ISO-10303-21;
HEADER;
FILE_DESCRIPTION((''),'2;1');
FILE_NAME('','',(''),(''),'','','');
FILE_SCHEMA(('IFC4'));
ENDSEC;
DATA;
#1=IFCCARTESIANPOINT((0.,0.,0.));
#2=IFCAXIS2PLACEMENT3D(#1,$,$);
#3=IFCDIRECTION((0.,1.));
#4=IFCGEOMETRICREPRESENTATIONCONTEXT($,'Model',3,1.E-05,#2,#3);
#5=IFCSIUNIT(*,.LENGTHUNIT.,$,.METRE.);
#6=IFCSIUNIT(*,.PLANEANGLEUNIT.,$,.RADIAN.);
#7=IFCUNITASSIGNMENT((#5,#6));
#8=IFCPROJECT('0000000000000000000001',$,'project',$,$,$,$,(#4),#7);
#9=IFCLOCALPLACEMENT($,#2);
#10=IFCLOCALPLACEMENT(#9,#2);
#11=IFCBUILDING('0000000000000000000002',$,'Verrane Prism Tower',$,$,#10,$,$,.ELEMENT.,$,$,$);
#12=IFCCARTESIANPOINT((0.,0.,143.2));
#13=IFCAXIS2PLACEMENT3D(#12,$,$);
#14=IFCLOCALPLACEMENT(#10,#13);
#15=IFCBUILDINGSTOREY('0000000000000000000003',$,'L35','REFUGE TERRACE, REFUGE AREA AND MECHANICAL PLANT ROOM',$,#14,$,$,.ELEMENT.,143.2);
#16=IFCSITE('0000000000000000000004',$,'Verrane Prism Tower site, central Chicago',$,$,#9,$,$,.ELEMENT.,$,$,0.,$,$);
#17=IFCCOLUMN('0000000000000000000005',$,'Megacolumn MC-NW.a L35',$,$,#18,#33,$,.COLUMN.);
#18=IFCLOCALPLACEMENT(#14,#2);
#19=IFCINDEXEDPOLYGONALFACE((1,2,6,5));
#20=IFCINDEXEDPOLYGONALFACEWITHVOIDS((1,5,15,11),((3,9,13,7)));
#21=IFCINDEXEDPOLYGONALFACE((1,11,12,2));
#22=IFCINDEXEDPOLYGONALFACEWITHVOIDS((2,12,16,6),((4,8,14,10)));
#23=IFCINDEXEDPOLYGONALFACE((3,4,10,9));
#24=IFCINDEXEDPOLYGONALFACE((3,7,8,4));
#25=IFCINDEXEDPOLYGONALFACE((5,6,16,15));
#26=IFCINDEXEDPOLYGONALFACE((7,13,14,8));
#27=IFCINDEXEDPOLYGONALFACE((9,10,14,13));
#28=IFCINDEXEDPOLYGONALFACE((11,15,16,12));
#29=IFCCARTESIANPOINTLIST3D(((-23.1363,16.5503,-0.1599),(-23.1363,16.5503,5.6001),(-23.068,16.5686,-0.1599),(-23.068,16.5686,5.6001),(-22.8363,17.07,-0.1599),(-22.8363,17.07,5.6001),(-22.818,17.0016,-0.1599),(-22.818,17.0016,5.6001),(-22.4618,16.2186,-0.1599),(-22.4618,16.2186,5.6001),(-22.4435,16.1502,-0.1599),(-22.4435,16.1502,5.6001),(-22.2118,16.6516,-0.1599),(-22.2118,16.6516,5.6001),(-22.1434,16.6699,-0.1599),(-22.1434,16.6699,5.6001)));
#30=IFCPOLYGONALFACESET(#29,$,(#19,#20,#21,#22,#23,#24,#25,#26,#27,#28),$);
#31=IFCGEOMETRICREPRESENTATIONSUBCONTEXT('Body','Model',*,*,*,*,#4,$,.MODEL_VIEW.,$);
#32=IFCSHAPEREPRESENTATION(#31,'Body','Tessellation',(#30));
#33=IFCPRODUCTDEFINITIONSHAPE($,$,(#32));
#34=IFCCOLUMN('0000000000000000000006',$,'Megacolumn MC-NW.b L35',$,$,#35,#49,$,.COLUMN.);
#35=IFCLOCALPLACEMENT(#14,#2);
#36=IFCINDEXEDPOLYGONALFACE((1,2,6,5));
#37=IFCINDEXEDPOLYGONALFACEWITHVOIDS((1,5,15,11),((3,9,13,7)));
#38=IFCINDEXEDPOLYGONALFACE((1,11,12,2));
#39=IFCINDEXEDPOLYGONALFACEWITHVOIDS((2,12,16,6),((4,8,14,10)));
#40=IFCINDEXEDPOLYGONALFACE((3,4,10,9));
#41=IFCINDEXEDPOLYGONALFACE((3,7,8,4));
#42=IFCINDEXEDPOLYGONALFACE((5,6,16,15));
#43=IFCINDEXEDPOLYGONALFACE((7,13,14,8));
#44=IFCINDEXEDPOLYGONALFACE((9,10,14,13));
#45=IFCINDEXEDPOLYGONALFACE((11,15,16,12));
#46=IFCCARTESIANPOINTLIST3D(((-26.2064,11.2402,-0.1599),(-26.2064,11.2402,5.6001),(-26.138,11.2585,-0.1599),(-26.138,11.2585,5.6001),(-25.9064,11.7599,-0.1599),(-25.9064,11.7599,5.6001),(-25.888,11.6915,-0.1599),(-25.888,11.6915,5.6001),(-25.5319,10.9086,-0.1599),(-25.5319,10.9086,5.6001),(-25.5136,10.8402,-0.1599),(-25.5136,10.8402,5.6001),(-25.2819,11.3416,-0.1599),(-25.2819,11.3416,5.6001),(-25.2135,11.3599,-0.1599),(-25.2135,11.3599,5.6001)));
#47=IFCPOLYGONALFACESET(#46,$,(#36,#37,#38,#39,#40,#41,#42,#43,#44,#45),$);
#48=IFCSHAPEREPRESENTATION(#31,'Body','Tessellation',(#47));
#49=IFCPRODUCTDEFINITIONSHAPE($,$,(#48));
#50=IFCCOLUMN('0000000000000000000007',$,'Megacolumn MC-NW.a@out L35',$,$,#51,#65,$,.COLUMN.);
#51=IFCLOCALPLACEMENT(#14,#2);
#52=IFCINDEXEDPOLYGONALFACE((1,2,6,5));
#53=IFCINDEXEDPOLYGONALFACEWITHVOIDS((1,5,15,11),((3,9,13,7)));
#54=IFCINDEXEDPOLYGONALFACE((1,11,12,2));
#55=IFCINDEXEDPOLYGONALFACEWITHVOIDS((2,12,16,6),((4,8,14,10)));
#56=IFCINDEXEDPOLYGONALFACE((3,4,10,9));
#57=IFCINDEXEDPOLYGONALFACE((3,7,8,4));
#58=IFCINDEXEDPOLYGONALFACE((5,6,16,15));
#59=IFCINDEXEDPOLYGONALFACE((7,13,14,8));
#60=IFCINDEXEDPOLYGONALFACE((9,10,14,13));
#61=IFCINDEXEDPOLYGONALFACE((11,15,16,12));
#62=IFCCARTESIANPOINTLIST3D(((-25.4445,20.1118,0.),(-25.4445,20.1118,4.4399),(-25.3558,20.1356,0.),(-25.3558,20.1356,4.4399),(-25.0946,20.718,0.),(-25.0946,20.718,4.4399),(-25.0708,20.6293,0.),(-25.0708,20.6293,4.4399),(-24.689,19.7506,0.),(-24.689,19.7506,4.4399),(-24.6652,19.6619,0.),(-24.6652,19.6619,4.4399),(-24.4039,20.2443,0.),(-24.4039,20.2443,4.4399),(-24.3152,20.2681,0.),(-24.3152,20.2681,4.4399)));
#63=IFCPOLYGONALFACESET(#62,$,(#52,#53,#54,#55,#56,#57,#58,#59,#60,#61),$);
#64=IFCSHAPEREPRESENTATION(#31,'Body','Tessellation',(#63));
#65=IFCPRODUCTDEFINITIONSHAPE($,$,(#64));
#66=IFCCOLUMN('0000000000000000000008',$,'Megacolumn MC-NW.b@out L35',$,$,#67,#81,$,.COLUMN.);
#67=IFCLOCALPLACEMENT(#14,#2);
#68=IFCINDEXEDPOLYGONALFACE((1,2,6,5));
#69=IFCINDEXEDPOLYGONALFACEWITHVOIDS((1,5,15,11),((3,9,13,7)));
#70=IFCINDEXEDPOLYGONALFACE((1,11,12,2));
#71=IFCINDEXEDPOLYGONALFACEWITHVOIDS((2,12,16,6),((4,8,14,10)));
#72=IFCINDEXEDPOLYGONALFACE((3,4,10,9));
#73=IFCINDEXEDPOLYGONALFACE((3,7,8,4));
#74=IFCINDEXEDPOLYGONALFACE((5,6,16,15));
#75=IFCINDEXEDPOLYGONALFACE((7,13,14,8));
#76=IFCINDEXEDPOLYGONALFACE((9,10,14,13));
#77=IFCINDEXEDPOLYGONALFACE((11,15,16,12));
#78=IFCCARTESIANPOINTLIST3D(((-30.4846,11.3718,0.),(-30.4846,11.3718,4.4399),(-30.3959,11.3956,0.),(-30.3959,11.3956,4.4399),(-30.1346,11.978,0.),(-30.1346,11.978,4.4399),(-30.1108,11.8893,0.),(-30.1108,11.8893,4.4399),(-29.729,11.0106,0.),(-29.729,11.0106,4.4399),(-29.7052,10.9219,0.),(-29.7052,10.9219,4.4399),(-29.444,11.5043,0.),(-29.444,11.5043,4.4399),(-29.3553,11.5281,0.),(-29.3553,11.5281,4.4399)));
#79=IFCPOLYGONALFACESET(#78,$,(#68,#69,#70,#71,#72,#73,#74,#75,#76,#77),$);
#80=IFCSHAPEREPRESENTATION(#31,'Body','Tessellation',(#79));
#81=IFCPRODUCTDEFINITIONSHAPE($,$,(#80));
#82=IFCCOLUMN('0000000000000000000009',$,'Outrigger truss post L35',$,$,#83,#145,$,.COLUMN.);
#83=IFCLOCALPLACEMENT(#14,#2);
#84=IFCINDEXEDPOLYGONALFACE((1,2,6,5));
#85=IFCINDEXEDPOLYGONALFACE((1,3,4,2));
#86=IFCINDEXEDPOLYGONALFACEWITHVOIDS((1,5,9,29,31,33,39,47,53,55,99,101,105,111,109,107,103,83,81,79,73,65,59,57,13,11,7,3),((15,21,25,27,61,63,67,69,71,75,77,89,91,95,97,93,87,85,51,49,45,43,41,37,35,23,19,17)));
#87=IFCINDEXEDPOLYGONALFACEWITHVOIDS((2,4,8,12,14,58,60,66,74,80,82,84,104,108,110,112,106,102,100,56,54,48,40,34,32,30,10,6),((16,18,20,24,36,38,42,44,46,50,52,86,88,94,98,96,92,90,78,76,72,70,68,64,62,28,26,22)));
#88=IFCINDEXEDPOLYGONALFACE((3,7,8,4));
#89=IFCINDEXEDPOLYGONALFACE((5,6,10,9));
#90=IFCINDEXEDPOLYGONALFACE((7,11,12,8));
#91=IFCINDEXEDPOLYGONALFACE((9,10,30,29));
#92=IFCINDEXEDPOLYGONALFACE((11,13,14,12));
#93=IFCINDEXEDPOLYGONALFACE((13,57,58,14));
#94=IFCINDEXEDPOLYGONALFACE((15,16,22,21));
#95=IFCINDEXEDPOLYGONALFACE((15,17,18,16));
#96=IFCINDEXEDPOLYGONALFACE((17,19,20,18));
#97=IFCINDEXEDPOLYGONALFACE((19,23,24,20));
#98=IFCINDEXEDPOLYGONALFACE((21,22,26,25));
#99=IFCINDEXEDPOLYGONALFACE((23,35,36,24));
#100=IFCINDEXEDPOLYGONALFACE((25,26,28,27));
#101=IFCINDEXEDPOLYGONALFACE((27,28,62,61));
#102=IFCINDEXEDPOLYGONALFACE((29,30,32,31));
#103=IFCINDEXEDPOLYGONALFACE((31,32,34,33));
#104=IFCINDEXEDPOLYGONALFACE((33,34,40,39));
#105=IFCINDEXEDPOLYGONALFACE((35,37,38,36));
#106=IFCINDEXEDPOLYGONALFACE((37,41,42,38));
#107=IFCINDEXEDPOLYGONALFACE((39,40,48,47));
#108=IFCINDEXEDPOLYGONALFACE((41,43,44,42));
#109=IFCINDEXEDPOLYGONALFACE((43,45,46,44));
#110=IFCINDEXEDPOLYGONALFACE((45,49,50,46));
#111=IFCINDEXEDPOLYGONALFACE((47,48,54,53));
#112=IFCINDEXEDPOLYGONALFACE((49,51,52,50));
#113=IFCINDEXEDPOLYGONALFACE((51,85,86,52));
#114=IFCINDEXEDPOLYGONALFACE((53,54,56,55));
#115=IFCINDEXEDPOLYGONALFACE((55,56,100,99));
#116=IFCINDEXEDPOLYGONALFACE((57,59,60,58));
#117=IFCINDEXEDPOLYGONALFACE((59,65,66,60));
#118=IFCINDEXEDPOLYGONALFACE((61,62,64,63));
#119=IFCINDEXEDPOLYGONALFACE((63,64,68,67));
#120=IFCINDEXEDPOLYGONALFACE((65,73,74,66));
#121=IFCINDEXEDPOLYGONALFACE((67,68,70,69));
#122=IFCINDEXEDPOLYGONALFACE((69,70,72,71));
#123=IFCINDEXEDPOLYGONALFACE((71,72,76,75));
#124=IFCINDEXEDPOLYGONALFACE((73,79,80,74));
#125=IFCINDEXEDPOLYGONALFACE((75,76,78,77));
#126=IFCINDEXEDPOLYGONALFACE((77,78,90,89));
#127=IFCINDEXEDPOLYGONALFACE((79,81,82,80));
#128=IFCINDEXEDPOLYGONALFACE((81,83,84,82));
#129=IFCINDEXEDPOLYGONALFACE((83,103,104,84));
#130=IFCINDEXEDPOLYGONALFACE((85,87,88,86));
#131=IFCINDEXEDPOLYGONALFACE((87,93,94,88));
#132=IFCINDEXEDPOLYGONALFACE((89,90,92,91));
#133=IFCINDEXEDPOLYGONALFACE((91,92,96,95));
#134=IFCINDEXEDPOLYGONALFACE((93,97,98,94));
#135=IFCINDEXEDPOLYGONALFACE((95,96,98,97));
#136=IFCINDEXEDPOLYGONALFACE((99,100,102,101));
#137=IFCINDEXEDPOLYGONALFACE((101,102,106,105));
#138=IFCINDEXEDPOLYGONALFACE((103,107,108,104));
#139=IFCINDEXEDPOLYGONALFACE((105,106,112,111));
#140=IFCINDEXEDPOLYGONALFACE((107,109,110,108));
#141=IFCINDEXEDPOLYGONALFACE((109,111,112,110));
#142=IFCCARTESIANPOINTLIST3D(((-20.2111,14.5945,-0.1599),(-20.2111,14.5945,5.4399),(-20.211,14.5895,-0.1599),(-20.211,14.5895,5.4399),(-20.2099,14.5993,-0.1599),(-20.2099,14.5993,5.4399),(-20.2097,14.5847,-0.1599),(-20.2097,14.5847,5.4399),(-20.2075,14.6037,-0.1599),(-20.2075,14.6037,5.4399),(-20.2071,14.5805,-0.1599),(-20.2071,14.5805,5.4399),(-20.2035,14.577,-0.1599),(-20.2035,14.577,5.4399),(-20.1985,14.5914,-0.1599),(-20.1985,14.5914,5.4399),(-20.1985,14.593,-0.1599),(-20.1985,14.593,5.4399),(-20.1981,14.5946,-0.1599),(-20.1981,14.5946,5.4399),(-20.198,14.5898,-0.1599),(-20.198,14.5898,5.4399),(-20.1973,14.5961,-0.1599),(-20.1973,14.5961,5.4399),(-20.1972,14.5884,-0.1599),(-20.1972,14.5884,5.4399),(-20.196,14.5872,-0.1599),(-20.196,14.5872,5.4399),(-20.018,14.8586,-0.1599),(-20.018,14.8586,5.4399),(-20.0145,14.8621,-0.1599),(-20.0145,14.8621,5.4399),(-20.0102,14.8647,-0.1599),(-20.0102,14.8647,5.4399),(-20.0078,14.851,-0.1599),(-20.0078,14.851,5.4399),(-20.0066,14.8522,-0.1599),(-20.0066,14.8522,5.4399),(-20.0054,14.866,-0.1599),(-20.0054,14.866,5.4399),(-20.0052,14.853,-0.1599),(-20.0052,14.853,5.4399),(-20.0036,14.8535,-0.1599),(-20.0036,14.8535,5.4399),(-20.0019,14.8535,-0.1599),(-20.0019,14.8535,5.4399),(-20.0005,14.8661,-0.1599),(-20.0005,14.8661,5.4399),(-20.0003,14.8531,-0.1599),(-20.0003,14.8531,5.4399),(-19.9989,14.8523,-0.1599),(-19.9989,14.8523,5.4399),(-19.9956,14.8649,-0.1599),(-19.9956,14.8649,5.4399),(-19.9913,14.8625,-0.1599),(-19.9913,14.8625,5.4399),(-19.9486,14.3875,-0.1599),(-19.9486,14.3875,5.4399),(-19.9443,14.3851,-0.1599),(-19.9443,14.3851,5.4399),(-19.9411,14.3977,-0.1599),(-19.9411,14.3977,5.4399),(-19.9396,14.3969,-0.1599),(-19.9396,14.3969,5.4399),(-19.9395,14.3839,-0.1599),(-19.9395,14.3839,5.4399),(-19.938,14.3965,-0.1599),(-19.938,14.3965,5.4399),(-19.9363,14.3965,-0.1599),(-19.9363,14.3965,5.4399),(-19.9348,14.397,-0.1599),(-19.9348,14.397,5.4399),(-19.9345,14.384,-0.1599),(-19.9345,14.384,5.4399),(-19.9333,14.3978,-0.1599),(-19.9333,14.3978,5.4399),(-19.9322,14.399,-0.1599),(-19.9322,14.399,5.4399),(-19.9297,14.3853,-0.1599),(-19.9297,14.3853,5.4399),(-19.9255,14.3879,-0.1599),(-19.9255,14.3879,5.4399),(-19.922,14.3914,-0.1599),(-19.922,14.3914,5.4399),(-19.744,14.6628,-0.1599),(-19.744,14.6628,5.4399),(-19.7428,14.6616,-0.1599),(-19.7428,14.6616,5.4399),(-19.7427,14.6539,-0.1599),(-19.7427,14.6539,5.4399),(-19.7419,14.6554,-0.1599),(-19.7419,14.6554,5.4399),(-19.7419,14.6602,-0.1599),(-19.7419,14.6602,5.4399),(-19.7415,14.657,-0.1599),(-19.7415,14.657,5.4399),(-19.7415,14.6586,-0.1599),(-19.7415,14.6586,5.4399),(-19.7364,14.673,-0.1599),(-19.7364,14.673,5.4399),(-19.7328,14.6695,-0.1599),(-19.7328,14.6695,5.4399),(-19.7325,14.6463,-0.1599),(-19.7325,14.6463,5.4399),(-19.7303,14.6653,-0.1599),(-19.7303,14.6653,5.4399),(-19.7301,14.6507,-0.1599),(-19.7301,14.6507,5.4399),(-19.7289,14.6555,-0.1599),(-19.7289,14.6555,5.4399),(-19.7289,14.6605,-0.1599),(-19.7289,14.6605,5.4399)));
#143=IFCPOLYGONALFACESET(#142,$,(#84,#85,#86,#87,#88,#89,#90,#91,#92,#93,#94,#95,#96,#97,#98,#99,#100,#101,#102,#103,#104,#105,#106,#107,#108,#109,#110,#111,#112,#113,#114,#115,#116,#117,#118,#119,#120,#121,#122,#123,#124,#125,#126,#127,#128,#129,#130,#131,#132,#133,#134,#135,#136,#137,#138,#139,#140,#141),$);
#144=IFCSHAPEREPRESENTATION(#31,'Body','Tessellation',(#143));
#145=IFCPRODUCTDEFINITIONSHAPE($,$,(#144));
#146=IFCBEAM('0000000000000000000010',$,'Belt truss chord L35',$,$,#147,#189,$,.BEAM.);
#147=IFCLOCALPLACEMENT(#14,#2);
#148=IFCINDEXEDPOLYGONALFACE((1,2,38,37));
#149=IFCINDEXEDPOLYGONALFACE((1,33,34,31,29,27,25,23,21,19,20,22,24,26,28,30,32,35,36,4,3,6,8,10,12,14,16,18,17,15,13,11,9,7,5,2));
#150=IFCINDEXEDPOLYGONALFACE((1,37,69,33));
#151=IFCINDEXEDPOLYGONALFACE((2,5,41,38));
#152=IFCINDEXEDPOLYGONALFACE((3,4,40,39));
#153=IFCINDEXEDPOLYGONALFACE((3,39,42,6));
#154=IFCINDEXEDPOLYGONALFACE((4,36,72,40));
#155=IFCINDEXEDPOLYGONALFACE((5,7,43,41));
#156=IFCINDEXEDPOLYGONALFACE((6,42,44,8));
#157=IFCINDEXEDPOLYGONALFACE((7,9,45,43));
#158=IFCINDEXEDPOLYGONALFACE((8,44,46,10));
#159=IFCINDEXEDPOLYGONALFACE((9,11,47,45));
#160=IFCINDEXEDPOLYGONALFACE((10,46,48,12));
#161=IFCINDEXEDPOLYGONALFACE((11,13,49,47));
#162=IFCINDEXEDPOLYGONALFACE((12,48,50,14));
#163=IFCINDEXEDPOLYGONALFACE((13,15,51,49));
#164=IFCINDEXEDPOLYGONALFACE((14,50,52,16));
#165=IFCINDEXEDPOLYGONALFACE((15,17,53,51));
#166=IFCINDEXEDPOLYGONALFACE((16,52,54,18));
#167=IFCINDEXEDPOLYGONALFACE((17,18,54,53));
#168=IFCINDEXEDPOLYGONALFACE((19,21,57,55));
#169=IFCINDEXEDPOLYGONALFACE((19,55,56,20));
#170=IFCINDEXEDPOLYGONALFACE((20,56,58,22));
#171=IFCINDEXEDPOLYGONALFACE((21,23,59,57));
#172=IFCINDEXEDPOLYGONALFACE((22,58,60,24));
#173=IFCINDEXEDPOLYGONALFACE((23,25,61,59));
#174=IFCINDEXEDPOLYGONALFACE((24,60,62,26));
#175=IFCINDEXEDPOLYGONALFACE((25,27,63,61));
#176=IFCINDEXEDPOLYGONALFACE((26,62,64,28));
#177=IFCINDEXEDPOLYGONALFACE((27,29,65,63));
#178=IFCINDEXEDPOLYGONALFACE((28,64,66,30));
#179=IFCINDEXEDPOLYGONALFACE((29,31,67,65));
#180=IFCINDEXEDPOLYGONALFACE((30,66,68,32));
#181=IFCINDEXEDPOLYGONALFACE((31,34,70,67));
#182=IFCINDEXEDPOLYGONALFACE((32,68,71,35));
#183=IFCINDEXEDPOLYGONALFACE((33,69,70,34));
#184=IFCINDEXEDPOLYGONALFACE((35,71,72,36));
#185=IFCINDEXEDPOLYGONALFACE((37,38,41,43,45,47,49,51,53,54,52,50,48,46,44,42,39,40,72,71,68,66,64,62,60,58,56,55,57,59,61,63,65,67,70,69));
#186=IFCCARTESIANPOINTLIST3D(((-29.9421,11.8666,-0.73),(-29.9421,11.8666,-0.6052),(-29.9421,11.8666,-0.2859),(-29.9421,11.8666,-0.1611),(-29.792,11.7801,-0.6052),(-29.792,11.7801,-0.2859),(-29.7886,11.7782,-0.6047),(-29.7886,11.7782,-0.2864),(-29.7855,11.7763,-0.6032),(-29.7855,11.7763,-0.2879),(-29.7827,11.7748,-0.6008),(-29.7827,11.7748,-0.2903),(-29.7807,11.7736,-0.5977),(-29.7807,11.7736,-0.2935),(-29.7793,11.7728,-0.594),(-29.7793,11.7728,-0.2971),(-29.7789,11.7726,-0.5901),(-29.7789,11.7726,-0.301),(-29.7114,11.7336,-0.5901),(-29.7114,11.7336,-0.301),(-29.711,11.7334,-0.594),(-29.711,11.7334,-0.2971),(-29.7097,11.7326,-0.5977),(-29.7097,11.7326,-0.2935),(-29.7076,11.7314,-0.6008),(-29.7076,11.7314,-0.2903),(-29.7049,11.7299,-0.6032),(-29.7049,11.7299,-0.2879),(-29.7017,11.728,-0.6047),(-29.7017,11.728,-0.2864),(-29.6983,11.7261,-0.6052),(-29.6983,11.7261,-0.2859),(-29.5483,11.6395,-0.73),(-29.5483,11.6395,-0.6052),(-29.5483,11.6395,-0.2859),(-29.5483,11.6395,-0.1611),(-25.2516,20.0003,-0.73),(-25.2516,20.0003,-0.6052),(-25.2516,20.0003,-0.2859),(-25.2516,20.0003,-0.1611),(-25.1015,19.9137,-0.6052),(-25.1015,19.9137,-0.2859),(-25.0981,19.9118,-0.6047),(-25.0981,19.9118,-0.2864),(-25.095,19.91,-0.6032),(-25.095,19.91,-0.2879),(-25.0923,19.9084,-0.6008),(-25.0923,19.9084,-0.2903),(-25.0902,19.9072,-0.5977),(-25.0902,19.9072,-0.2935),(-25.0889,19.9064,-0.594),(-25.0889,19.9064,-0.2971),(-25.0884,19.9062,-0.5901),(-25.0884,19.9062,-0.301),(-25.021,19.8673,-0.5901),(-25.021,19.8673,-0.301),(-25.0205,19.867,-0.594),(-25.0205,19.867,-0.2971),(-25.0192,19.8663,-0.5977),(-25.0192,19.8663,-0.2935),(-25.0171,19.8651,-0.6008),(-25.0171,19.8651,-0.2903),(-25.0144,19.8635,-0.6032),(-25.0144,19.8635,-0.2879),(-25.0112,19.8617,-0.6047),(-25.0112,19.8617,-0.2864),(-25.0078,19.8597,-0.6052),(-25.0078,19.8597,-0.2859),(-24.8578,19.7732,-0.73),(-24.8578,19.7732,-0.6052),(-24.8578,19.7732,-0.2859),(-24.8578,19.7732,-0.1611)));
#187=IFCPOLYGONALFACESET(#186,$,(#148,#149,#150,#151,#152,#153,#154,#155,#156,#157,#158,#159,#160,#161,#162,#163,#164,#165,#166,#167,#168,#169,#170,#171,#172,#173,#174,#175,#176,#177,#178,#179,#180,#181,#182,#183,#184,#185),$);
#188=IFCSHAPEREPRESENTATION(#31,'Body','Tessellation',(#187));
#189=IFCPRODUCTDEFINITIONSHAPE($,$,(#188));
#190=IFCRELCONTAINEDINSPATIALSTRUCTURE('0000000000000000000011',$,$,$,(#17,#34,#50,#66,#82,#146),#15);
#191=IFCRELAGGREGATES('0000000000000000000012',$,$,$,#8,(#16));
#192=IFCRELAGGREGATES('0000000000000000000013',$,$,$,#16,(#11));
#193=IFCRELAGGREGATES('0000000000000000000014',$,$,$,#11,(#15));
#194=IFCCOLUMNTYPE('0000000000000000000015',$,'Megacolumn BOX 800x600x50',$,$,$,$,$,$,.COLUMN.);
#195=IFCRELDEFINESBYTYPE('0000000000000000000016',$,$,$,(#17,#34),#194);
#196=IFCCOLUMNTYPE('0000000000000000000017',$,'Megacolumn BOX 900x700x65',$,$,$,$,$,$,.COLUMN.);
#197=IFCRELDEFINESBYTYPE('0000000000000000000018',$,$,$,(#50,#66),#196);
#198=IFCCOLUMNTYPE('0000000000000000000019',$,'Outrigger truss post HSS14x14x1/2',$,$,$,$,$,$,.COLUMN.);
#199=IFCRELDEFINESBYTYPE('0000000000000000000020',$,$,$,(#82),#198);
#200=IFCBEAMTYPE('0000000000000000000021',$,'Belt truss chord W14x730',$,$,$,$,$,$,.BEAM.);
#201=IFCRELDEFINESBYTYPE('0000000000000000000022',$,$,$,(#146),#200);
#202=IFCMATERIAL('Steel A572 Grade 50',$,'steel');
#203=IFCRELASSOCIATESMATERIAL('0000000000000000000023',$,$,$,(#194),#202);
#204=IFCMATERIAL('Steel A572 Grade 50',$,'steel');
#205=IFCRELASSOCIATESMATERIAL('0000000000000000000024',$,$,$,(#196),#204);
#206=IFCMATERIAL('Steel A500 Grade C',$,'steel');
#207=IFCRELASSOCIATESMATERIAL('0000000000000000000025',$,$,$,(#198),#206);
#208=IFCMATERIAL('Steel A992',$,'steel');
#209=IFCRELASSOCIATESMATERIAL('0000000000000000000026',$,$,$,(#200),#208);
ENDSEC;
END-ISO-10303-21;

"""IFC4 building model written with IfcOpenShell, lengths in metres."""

from ifc_helpers import new_model, si_unit, direction, frame, origin, origin_2d, place, context, subcontext, project, spatial, hollow_rectangle, i_section, extrude, material, material_profile, profile_set, type_object, element, save


model = new_model("IFC4")

# Units and contexts
model_context = context("Model", 3, precision=1e-05, world=origin(), true_north=direction((0.0, 1.0)))
body_context = subcontext(model_context, "Body", "Model", "MODEL_VIEW")
ifc_project = project(units=[si_unit("LENGTHUNIT", "METRE"), si_unit("PLANEANGLEUNIT", "RADIAN")], contexts=[model_context])

# Site, building, storey
site_placement = place(None, origin())
site = spatial("IfcSite", under=ifc_project, at=site_placement, Name="Verrane Prism Tower site, central Chicago", CompositionType="ELEMENT", RefElevation=0.0)
building_placement = place(site_placement, origin())
building = spatial("IfcBuilding", under=site, at=building_placement, Name="Verrane Prism Tower", CompositionType="ELEMENT")
storey_placement = place(building_placement, frame((0.0, 0.0, 143.2)))
storey = spatial("IfcBuildingStorey", under=building, at=storey_placement, Name="L35", Description="REFUGE TERRACE, REFUGE AREA AND MECHANICAL PLANT ROOM", CompositionType="ELEMENT", Elevation=143.2)

# Columns
ifc_material_1 = material(Name="Steel A572 Grade 50", Category="steel")
ifc_material_profile_1 = material_profile(ifc_material_1, hollow_rectangle(XDim=0.6001, YDim=0.8, WallThickness=0.05, at=origin_2d()), Name="BOX 800x600x50")
ifc_profile_set_1 = profile_set([ifc_material_profile_1], Name="Steel A572 Grade 50")
column_type_1 = type_object("IfcColumnType", Name="Megacolumn BOX 800x600x50", PredefinedType="COLUMN", material=ifc_profile_set_1)
for number, where, z_axis, x_axis, name in (
    (1, (-22.6399, 16.6101, -0.1599), (0.0, 0.0, 1.0), (0.5, 0.866025, 0.0), "Megacolumn MC-NW.a L35"),
    (2, (-25.71, 11.3, -0.1599), (0.0, 0.0, 1.0), (0.5, 0.866025, 0.0), "Megacolumn MC-NW.b L35"),
):
    element("IfcColumn", number, at=place(storey_placement, frame(where, z_axis=z_axis, x_axis=x_axis)), inside=storey, type_object=column_type_1, Name=name, PredefinedType="COLUMN", context=body_context, shape_type="SweptSolid", body=[
        extrude(hollow_rectangle(XDim=0.6001, YDim=0.8, WallThickness=0.05, at=origin_2d()), origin(), (0.0, 0.0, 1.0), 5.76),
    ])
ifc_material_2 = material(Name="Steel A572 Grade 50", Category="steel")
ifc_material_profile_2 = material_profile(ifc_material_2, hollow_rectangle(XDim=0.7, YDim=0.8999, WallThickness=0.0649, at=origin_2d()), Name="BOX 900x700x65")
ifc_profile_set_2 = profile_set([ifc_material_profile_2], Name="Steel A572 Grade 50")
column_type_2 = type_object("IfcColumnType", Name="Megacolumn BOX 900x700x65", PredefinedType="COLUMN", material=ifc_profile_set_2)
for number, where, z_axis, x_axis, name in (
    (3, (-24.8799, 20.1899, 0.0), (0.0, 0.0, 1.0), (0.5, 0.866025, 0.0), "Megacolumn MC-NW.a@out L35"),
    (4, (-29.9199, 11.45, 0.0), (0.0, 0.0, 1.0), (0.5, 0.866025, 0.0), "Megacolumn MC-NW.b@out L35"),
):
    element("IfcColumn", number, at=place(storey_placement, frame(where, z_axis=z_axis, x_axis=x_axis)), inside=storey, type_object=column_type_2, Name=name, PredefinedType="COLUMN", context=body_context, shape_type="SweptSolid", body=[
        extrude(hollow_rectangle(XDim=0.7, YDim=0.8999, WallThickness=0.0649, at=origin_2d()), origin(), (0.0, 0.0, 1.0), 4.4399),
    ])
ifc_material_3 = material(Name="Steel A500 Grade C", Category="steel")
ifc_material_profile_3 = material_profile(ifc_material_3, hollow_rectangle(XDim=0.3557, YDim=0.3557, WallThickness=0.0127, InnerFilletRadius=0.0063, OuterFilletRadius=0.019, at=origin_2d()), Name="HSS14x14x1/2")
ifc_profile_set_3 = profile_set([ifc_material_profile_3], Name="Steel A500 Grade C")
column_type_3 = type_object("IfcColumnType", Name="Outrigger truss post HSS14x14x1/2", PredefinedType="COLUMN", material=ifc_profile_set_3)
column_placement = place(storey_placement, frame((-19.97, 14.625, -0.1599), z_axis=(0.0, 0.0, 1.0), x_axis=(-0.596628, -0.802518, 0.0)))
element("IfcColumn", 5, at=column_placement, inside=storey, type_object=column_type_3, Name="Outrigger truss post L35", PredefinedType="COLUMN", context=body_context, shape_type="SweptSolid", body=[
    extrude(hollow_rectangle(XDim=0.3557, YDim=0.3557, WallThickness=0.0127, InnerFilletRadius=0.0063, OuterFilletRadius=0.019, at=origin_2d()), origin(), (0.0, 0.0, 1.0), 5.5999),
])

# Beam
ifc_material_4 = material(Name="Steel A992", Category="steel")
ifc_material_profile_4 = material_profile(ifc_material_4, i_section(OverallWidth=0.4546, OverallDepth=0.5688, WebThickness=0.0779, FlangeThickness=0.1248, FilletRadius=0.0151, at=origin_2d()), Name="W14x730")
ifc_profile_set_4 = profile_set([ifc_material_profile_4], Name="Steel A992")
beam_type_1 = type_object("IfcBeamType", Name="Belt truss chord W14x730", PredefinedType="BEAM", material=ifc_profile_set_4)
beam_1_placement = place(storey_placement, frame((-25.0547, 19.8867, -0.4456), z_axis=(-0.499563, -0.866278, 0.0), x_axis=(0.866278, -0.499563, 0.0)))
element("IfcBeam", 6, at=beam_1_placement, inside=storey, type_object=beam_type_1, Name="Belt truss chord L35", PredefinedType="BEAM", context=body_context, shape_type="SweptSolid", body=[
    extrude(i_section(OverallWidth=0.4546, OverallDepth=0.5688, WebThickness=0.0779, FlangeThickness=0.1248, FilletRadius=0.0151, at=origin_2d()), origin(), (0.0, 0.0, 1.0), 9.3892),
])

save(model, "model.ifc")
